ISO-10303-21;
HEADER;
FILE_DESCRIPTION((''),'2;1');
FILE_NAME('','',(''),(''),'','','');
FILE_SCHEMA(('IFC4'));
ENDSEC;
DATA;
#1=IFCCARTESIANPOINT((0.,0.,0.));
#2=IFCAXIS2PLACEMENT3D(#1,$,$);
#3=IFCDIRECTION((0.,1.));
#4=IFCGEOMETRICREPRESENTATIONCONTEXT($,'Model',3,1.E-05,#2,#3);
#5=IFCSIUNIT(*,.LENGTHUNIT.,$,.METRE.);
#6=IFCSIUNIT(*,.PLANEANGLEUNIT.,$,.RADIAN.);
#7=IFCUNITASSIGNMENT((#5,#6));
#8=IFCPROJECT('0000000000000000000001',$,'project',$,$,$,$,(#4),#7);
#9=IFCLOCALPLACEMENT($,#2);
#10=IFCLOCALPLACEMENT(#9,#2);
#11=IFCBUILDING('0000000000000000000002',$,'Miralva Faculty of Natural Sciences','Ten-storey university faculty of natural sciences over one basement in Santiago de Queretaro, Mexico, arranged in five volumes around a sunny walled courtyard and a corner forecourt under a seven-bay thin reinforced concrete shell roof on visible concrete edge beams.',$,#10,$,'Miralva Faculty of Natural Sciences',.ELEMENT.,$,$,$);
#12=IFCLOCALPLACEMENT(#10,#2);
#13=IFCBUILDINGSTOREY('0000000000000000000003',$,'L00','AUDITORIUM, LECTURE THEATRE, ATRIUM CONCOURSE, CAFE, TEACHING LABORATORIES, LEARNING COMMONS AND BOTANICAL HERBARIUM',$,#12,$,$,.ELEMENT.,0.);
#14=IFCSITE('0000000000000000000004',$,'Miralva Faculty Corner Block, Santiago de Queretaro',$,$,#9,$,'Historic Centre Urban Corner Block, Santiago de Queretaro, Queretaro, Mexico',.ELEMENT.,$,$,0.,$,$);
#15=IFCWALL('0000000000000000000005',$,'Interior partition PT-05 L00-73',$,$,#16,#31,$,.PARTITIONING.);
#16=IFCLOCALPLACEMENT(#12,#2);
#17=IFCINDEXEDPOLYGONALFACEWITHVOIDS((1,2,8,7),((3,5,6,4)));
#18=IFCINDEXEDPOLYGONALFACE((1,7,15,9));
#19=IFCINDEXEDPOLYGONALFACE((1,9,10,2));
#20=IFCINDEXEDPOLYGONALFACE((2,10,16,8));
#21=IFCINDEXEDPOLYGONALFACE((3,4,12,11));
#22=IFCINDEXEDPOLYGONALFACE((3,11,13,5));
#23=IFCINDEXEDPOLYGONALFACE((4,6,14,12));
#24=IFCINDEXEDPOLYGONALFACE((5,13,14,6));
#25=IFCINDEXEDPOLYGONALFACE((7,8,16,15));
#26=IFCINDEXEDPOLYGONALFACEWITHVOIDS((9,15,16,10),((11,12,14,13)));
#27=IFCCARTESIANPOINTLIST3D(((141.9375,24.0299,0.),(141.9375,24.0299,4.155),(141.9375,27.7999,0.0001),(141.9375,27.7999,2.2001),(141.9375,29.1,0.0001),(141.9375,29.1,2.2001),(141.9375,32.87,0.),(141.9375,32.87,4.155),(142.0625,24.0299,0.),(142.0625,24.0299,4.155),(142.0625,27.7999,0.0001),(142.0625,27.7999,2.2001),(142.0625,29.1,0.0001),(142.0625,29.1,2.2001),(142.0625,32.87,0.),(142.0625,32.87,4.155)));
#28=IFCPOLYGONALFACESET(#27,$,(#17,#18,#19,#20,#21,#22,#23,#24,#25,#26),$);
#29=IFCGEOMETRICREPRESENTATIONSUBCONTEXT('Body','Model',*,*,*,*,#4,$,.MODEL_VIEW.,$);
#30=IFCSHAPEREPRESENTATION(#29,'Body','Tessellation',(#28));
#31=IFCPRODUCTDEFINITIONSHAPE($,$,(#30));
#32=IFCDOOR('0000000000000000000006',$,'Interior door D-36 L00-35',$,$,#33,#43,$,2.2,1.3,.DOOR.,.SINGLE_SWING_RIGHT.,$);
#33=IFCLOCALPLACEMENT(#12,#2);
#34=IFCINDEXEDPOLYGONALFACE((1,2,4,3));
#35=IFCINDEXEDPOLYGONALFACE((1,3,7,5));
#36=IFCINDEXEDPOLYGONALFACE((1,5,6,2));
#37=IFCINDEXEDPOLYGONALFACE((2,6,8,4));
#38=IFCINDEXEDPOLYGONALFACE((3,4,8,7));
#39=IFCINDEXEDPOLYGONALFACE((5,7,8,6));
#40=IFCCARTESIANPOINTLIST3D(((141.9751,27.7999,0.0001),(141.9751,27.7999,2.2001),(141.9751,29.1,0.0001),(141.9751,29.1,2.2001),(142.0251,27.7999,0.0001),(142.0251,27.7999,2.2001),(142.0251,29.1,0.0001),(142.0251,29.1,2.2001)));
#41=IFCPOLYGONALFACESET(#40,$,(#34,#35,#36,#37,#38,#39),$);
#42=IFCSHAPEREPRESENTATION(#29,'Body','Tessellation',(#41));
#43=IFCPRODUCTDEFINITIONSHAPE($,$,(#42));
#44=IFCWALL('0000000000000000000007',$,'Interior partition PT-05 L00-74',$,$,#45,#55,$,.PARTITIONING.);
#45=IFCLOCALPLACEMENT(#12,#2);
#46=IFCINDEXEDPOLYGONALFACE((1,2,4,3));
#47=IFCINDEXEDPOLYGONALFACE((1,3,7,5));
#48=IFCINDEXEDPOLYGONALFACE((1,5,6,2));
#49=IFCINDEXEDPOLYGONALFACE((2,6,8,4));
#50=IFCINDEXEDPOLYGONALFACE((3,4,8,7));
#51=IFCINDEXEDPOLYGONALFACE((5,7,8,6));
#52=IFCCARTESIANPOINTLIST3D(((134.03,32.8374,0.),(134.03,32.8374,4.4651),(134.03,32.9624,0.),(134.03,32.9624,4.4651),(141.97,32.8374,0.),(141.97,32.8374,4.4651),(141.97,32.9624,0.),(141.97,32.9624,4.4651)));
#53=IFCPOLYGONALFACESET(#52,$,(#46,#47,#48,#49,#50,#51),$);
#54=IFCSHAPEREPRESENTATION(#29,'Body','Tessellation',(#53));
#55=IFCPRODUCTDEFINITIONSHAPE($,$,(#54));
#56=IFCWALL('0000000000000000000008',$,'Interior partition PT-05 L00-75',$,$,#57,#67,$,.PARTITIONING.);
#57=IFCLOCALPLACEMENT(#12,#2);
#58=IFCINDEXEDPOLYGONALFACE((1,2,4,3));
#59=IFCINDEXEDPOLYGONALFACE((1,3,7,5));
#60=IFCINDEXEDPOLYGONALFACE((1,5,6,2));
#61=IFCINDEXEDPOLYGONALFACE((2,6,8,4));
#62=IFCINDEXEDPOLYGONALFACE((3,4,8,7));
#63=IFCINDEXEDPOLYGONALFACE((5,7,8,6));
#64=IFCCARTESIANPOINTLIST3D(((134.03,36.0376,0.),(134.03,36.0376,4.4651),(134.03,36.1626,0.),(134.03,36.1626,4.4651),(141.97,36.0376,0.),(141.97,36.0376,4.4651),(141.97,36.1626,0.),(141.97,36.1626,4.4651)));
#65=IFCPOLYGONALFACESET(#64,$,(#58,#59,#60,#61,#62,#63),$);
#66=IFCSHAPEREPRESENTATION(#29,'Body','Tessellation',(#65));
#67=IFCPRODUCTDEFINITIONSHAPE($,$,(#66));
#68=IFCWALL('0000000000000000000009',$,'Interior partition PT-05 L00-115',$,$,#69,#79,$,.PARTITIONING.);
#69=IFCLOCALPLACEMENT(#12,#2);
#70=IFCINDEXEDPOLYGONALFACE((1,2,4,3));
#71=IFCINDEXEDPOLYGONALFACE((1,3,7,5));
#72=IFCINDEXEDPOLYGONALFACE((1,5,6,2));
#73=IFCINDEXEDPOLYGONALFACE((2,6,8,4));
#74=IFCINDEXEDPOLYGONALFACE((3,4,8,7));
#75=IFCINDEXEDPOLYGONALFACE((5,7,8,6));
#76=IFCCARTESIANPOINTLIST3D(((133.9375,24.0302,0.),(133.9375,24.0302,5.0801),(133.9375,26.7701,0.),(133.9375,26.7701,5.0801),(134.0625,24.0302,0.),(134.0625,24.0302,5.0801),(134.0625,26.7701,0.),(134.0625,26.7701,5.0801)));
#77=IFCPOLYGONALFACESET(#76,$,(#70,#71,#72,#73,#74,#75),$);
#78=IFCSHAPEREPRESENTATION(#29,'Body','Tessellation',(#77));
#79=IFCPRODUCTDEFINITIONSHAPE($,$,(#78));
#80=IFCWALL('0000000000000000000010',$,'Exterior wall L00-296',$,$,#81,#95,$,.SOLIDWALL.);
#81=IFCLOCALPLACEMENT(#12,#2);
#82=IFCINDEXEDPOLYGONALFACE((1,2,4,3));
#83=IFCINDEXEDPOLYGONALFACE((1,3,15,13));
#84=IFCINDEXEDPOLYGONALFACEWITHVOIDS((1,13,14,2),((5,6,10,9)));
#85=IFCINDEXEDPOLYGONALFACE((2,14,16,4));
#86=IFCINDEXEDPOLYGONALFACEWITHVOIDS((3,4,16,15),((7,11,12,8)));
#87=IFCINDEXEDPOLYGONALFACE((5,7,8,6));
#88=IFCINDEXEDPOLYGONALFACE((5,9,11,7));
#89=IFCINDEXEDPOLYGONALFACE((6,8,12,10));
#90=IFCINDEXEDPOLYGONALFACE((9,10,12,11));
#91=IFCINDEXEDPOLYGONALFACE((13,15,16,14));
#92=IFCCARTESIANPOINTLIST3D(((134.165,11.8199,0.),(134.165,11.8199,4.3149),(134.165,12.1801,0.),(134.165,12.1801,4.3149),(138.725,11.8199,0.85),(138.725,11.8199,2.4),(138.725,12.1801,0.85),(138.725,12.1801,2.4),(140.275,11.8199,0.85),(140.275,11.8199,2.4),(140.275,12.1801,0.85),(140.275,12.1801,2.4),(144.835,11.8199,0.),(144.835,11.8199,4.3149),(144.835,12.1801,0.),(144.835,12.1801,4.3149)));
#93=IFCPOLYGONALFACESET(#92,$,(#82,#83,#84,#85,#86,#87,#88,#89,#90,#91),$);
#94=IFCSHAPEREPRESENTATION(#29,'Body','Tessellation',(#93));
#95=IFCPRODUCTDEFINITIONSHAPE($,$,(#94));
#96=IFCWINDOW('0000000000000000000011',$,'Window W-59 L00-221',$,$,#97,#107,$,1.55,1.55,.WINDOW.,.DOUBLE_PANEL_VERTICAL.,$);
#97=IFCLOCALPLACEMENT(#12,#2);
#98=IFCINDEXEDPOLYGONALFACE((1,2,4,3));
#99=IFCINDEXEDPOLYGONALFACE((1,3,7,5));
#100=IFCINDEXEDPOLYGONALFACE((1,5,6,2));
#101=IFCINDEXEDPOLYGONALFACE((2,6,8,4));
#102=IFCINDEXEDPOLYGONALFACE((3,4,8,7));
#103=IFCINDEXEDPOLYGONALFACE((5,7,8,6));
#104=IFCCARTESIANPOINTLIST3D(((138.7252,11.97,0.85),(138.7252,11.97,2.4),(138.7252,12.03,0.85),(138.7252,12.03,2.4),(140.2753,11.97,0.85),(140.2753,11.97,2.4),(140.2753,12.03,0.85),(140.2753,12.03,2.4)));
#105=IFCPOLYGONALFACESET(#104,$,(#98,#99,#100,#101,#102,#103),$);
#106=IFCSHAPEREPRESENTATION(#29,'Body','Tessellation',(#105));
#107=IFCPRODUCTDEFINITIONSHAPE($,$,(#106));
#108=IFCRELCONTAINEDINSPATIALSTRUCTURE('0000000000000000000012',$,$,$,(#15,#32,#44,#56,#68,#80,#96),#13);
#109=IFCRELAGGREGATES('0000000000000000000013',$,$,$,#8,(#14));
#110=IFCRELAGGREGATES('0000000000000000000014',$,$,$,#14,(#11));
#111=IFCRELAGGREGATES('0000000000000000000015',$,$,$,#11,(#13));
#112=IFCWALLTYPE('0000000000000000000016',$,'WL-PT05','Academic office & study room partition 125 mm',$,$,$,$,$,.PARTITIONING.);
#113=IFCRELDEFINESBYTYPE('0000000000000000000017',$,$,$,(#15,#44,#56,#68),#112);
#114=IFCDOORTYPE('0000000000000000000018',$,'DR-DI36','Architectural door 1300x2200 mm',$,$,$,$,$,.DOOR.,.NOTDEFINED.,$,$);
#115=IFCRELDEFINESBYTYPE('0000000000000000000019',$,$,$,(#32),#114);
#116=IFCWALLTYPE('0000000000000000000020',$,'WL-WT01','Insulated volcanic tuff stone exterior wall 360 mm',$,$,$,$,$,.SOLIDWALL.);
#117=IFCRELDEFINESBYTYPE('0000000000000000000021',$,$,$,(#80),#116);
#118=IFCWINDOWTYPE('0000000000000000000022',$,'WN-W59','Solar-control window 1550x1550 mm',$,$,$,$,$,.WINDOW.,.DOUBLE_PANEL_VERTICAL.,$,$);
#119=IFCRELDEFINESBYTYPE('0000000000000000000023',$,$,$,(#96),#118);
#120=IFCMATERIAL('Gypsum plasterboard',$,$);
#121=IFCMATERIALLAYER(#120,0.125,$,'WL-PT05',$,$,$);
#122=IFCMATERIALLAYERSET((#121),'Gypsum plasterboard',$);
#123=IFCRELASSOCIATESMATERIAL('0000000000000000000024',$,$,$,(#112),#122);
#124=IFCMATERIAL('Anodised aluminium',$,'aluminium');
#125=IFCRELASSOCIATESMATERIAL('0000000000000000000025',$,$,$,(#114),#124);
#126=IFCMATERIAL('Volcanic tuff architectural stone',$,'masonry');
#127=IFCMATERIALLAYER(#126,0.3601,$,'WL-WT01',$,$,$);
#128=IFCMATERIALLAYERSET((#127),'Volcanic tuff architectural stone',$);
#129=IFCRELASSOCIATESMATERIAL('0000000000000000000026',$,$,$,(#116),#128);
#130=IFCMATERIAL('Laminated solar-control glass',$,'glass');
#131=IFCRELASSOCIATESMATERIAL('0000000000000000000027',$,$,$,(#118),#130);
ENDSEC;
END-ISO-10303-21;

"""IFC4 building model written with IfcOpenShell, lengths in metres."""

from ifc_helpers import new_model, si_unit, direction, frame, frame_2d, origin, place, context, subcontext, project, spatial, rectangle, extrude, material, layer, layer_set, type_object, element, fill, save


model = new_model("IFC4")

# Units and contexts
model_context = context("Model", 3, precision=1e-05, world=origin(), true_north=direction((0.0, 1.0)))
body_context = subcontext(model_context, "Body", "Model", "MODEL_VIEW")
ifc_project = project(units=[si_unit("LENGTHUNIT", "METRE"), si_unit("PLANEANGLEUNIT", "RADIAN")], contexts=[model_context])

# Site, building, storey
site_placement = place(None, origin())
site = spatial("IfcSite", under=ifc_project, at=site_placement, Name="Miralva Faculty Corner Block, Santiago de Queretaro", LongName="Historic Centre Urban Corner Block, Santiago de Queretaro, Queretaro, Mexico", CompositionType="ELEMENT", RefElevation=0.0)
building_placement = place(site_placement, origin())
building = spatial("IfcBuilding", under=site, at=building_placement, Name="Miralva Faculty of Natural Sciences", Description="Ten-storey university faculty of natural sciences over one basement in Santiago de Queretaro, Mexico, arranged in five volumes around a sunny walled courtyard and a corner forecourt under a seven-bay thin reinforced concrete shell roof on visible concrete edge beams.", LongName="Miralva Faculty of Natural Sciences", CompositionType="ELEMENT")
storey_placement = place(building_placement, origin())
storey = spatial("IfcBuildingStorey", under=building, at=storey_placement, Name="L00", Description="AUDITORIUM, LECTURE THEATRE, ATRIUM CONCOURSE, CAFE, TEACHING LABORATORIES, LEARNING COMMONS AND BOTANICAL HERBARIUM", CompositionType="ELEMENT", Elevation=0.0)

# Shared definitions
ifc_material_1 = material(Name="Laminated solar-control glass", Category="glass")
ifc_material_2 = material(Name="Anodised aluminium", Category="aluminium")

# Shared definitions
ifc_material_3 = material(Name="Gypsum plasterboard")
ifc_layer_1 = layer(ifc_material_3, 0.125, Name="WL-PT05")
ifc_layer_set_1 = layer_set([ifc_layer_1], Name="Gypsum plasterboard")
wall_type_1 = type_object("IfcWallType", Name="WL-PT05", Description="Academic office & study room partition 125 mm", PredefinedType="PARTITIONING", material=ifc_layer_set_1)

# Wall, opening, door
wall_1_placement = place(storey_placement, frame((142.0, 24.03, 0.0), z_axis=(0.0, 0.0, 1.0), x_axis=(0.0, 1.0, 0.0)))
wall_1 = element("IfcWall", 1, at=wall_1_placement, inside=storey, type_object=wall_type_1, Name="Interior partition PT-05 L00-73", PredefinedType="PARTITIONING", context=body_context, shape_type="SweptSolid", body=[
    extrude(rectangle(XDim=8.8401, YDim=0.125, at=frame_2d((4.4199, 0.0))), origin(), (0.0, 0.0, 1.0), 4.155),
])
opening_1_placement = place(wall_1_placement, frame((3.77, 0.0, 0.0)))
opening_1 = element("IfcOpeningElement", 2, at=opening_1_placement, cuts=wall_1, PredefinedType="OPENING", context=body_context, shape_type="SweptSolid", body=[
    extrude(rectangle(XDim=1.3, YDim=2.2, at=frame_2d((0.6499, 1.1001))), frame((0.0, 0.0725, 0.0), z_axis=(0.0, -1.0, 0.0), x_axis=(1.0, 0.0, 0.0)), (0.0, 0.0, 1.0), 0.145),
])
door_type_1 = type_object("IfcDoorType", Name="DR-DI36", Description="Architectural door 1300x2200 mm", OperationType="NOTDEFINED", PredefinedType="DOOR", material=ifc_material_2)
door_1_placement = place(opening_1_placement, origin())
door_1 = element("IfcDoor", 3, at=door_1_placement, inside=storey, type_object=door_type_1, Name="Interior door D-36 L00-35", OperationType="SINGLE_SWING_RIGHT", OverallHeight=2.2, OverallWidth=1.3, PredefinedType="DOOR", context=body_context, shape_type="SweptSolid", body=[
    extrude(rectangle(XDim=1.3, YDim=2.2, at=frame_2d((0.6499, 1.1001))), frame((0.0, 0.0249, 0.0), z_axis=(0.0, -1.0, 0.0), x_axis=(1.0, 0.0, 0.0)), (0.0, 0.0, 1.0), 0.05),
])
fill(opening_1, door_1)

# Walls
for number, where, z_axis, x_axis, name in (
    (4, (134.03, 32.8999, 0.0), (0.0, 0.0, 1.0), (1.0, 0.0, 0.0), "Interior partition PT-05 L00-74"),
    (5, (134.03, 36.1001, 0.0), (0.0, 0.0, 1.0), (1.0, 0.0, 0.0), "Interior partition PT-05 L00-75"),
):
    element("IfcWall", number, at=place(storey_placement, frame(where, z_axis=z_axis, x_axis=x_axis)), inside=storey, type_object=wall_type_1, Name=name, PredefinedType="PARTITIONING", context=body_context, shape_type="SweptSolid", body=[
        extrude(rectangle(XDim=7.9399, YDim=0.125, at=frame_2d((3.97, 0.0))), origin(), (0.0, 0.0, 1.0), 4.4651),
    ])
wall_2_placement = place(storey_placement, frame((134.0, 24.03, 0.0), z_axis=(0.0, 0.0, 1.0), x_axis=(0.0, 1.0, 0.0)))
element("IfcWall", 6, at=wall_2_placement, inside=storey, type_object=wall_type_1, Name="Interior partition PT-05 L00-115", PredefinedType="PARTITIONING", context=body_context, shape_type="SweptSolid", body=[
    extrude(rectangle(XDim=2.74, YDim=0.125, at=frame_2d((1.3701, 0.0))), origin(), (0.0, 0.0, 1.0), 5.0801),
])

# Shared definitions
ifc_material_4 = material(Name="Volcanic tuff architectural stone", Category="masonry")
ifc_layer_2 = layer(ifc_material_4, 0.3601, Name="WL-WT01")
ifc_layer_set_2 = layer_set([ifc_layer_2], Name="Volcanic tuff architectural stone")
wall_type_2 = type_object("IfcWallType", Name="WL-WT01", Description="Insulated volcanic tuff stone exterior wall 360 mm", PredefinedType="SOLIDWALL", material=ifc_layer_set_2)

# Wall, opening, window
wall_3_placement = place(storey_placement, frame((134.165, 12.0, 0.0), z_axis=(0.0, 0.0, 1.0), x_axis=(1.0, 0.0, 0.0)))
wall_3 = element("IfcWall", 7, at=wall_3_placement, inside=storey, type_object=wall_type_2, Name="Exterior wall L00-296", PredefinedType="SOLIDWALL", context=body_context, shape_type="SweptSolid", body=[
    extrude(rectangle(XDim=10.6699, YDim=0.3601, at=frame_2d((5.335, 0.0))), origin(), (0.0, 0.0, 1.0), 4.3149),
])
opening_2_placement = place(wall_3_placement, frame((4.5601, 0.0, 0.8501)))
opening_2 = element("IfcOpeningElement", 8, at=opening_2_placement, cuts=wall_3, PredefinedType="OPENING", context=body_context, shape_type="SweptSolid", body=[
    extrude(rectangle(XDim=1.55, YDim=1.55, at=frame_2d((0.7749, 0.7749))), frame((0.0, 0.1899, 0.0), z_axis=(0.0, -1.0, 0.0), x_axis=(1.0, 0.0, 0.0)), (0.0, 0.0, 1.0), 0.3801),
])
window_type = type_object("IfcWindowType", Name="WN-W59", Description="Solar-control window 1550x1550 mm", PartitioningType="DOUBLE_PANEL_VERTICAL", PredefinedType="WINDOW", material=ifc_material_1)
window_placement = place(opening_2_placement, frame((1.55, 0.0, 0.0), z_axis=(0.0, 0.0, 1.0), x_axis=(-1.0, 0.0, 0.0)))
window = element("IfcWindow", 9, at=window_placement, inside=storey, type_object=window_type, Name="Window W-59 L00-221", OverallHeight=1.55, OverallWidth=1.55, PartitioningType="DOUBLE_PANEL_VERTICAL", PredefinedType="WINDOW", context=body_context, shape_type="SweptSolid", body=[
    extrude(rectangle(XDim=1.55, YDim=1.55, at=frame_2d((0.7749, 0.7749))), frame((0.0, 0.03, 0.0), z_axis=(0.0, -1.0, 0.0), x_axis=(1.0, 0.0, 0.0)), (0.0, 0.0, 1.0), 0.0601),
])
fill(opening_2, window)

save(model, "model.ifc")
